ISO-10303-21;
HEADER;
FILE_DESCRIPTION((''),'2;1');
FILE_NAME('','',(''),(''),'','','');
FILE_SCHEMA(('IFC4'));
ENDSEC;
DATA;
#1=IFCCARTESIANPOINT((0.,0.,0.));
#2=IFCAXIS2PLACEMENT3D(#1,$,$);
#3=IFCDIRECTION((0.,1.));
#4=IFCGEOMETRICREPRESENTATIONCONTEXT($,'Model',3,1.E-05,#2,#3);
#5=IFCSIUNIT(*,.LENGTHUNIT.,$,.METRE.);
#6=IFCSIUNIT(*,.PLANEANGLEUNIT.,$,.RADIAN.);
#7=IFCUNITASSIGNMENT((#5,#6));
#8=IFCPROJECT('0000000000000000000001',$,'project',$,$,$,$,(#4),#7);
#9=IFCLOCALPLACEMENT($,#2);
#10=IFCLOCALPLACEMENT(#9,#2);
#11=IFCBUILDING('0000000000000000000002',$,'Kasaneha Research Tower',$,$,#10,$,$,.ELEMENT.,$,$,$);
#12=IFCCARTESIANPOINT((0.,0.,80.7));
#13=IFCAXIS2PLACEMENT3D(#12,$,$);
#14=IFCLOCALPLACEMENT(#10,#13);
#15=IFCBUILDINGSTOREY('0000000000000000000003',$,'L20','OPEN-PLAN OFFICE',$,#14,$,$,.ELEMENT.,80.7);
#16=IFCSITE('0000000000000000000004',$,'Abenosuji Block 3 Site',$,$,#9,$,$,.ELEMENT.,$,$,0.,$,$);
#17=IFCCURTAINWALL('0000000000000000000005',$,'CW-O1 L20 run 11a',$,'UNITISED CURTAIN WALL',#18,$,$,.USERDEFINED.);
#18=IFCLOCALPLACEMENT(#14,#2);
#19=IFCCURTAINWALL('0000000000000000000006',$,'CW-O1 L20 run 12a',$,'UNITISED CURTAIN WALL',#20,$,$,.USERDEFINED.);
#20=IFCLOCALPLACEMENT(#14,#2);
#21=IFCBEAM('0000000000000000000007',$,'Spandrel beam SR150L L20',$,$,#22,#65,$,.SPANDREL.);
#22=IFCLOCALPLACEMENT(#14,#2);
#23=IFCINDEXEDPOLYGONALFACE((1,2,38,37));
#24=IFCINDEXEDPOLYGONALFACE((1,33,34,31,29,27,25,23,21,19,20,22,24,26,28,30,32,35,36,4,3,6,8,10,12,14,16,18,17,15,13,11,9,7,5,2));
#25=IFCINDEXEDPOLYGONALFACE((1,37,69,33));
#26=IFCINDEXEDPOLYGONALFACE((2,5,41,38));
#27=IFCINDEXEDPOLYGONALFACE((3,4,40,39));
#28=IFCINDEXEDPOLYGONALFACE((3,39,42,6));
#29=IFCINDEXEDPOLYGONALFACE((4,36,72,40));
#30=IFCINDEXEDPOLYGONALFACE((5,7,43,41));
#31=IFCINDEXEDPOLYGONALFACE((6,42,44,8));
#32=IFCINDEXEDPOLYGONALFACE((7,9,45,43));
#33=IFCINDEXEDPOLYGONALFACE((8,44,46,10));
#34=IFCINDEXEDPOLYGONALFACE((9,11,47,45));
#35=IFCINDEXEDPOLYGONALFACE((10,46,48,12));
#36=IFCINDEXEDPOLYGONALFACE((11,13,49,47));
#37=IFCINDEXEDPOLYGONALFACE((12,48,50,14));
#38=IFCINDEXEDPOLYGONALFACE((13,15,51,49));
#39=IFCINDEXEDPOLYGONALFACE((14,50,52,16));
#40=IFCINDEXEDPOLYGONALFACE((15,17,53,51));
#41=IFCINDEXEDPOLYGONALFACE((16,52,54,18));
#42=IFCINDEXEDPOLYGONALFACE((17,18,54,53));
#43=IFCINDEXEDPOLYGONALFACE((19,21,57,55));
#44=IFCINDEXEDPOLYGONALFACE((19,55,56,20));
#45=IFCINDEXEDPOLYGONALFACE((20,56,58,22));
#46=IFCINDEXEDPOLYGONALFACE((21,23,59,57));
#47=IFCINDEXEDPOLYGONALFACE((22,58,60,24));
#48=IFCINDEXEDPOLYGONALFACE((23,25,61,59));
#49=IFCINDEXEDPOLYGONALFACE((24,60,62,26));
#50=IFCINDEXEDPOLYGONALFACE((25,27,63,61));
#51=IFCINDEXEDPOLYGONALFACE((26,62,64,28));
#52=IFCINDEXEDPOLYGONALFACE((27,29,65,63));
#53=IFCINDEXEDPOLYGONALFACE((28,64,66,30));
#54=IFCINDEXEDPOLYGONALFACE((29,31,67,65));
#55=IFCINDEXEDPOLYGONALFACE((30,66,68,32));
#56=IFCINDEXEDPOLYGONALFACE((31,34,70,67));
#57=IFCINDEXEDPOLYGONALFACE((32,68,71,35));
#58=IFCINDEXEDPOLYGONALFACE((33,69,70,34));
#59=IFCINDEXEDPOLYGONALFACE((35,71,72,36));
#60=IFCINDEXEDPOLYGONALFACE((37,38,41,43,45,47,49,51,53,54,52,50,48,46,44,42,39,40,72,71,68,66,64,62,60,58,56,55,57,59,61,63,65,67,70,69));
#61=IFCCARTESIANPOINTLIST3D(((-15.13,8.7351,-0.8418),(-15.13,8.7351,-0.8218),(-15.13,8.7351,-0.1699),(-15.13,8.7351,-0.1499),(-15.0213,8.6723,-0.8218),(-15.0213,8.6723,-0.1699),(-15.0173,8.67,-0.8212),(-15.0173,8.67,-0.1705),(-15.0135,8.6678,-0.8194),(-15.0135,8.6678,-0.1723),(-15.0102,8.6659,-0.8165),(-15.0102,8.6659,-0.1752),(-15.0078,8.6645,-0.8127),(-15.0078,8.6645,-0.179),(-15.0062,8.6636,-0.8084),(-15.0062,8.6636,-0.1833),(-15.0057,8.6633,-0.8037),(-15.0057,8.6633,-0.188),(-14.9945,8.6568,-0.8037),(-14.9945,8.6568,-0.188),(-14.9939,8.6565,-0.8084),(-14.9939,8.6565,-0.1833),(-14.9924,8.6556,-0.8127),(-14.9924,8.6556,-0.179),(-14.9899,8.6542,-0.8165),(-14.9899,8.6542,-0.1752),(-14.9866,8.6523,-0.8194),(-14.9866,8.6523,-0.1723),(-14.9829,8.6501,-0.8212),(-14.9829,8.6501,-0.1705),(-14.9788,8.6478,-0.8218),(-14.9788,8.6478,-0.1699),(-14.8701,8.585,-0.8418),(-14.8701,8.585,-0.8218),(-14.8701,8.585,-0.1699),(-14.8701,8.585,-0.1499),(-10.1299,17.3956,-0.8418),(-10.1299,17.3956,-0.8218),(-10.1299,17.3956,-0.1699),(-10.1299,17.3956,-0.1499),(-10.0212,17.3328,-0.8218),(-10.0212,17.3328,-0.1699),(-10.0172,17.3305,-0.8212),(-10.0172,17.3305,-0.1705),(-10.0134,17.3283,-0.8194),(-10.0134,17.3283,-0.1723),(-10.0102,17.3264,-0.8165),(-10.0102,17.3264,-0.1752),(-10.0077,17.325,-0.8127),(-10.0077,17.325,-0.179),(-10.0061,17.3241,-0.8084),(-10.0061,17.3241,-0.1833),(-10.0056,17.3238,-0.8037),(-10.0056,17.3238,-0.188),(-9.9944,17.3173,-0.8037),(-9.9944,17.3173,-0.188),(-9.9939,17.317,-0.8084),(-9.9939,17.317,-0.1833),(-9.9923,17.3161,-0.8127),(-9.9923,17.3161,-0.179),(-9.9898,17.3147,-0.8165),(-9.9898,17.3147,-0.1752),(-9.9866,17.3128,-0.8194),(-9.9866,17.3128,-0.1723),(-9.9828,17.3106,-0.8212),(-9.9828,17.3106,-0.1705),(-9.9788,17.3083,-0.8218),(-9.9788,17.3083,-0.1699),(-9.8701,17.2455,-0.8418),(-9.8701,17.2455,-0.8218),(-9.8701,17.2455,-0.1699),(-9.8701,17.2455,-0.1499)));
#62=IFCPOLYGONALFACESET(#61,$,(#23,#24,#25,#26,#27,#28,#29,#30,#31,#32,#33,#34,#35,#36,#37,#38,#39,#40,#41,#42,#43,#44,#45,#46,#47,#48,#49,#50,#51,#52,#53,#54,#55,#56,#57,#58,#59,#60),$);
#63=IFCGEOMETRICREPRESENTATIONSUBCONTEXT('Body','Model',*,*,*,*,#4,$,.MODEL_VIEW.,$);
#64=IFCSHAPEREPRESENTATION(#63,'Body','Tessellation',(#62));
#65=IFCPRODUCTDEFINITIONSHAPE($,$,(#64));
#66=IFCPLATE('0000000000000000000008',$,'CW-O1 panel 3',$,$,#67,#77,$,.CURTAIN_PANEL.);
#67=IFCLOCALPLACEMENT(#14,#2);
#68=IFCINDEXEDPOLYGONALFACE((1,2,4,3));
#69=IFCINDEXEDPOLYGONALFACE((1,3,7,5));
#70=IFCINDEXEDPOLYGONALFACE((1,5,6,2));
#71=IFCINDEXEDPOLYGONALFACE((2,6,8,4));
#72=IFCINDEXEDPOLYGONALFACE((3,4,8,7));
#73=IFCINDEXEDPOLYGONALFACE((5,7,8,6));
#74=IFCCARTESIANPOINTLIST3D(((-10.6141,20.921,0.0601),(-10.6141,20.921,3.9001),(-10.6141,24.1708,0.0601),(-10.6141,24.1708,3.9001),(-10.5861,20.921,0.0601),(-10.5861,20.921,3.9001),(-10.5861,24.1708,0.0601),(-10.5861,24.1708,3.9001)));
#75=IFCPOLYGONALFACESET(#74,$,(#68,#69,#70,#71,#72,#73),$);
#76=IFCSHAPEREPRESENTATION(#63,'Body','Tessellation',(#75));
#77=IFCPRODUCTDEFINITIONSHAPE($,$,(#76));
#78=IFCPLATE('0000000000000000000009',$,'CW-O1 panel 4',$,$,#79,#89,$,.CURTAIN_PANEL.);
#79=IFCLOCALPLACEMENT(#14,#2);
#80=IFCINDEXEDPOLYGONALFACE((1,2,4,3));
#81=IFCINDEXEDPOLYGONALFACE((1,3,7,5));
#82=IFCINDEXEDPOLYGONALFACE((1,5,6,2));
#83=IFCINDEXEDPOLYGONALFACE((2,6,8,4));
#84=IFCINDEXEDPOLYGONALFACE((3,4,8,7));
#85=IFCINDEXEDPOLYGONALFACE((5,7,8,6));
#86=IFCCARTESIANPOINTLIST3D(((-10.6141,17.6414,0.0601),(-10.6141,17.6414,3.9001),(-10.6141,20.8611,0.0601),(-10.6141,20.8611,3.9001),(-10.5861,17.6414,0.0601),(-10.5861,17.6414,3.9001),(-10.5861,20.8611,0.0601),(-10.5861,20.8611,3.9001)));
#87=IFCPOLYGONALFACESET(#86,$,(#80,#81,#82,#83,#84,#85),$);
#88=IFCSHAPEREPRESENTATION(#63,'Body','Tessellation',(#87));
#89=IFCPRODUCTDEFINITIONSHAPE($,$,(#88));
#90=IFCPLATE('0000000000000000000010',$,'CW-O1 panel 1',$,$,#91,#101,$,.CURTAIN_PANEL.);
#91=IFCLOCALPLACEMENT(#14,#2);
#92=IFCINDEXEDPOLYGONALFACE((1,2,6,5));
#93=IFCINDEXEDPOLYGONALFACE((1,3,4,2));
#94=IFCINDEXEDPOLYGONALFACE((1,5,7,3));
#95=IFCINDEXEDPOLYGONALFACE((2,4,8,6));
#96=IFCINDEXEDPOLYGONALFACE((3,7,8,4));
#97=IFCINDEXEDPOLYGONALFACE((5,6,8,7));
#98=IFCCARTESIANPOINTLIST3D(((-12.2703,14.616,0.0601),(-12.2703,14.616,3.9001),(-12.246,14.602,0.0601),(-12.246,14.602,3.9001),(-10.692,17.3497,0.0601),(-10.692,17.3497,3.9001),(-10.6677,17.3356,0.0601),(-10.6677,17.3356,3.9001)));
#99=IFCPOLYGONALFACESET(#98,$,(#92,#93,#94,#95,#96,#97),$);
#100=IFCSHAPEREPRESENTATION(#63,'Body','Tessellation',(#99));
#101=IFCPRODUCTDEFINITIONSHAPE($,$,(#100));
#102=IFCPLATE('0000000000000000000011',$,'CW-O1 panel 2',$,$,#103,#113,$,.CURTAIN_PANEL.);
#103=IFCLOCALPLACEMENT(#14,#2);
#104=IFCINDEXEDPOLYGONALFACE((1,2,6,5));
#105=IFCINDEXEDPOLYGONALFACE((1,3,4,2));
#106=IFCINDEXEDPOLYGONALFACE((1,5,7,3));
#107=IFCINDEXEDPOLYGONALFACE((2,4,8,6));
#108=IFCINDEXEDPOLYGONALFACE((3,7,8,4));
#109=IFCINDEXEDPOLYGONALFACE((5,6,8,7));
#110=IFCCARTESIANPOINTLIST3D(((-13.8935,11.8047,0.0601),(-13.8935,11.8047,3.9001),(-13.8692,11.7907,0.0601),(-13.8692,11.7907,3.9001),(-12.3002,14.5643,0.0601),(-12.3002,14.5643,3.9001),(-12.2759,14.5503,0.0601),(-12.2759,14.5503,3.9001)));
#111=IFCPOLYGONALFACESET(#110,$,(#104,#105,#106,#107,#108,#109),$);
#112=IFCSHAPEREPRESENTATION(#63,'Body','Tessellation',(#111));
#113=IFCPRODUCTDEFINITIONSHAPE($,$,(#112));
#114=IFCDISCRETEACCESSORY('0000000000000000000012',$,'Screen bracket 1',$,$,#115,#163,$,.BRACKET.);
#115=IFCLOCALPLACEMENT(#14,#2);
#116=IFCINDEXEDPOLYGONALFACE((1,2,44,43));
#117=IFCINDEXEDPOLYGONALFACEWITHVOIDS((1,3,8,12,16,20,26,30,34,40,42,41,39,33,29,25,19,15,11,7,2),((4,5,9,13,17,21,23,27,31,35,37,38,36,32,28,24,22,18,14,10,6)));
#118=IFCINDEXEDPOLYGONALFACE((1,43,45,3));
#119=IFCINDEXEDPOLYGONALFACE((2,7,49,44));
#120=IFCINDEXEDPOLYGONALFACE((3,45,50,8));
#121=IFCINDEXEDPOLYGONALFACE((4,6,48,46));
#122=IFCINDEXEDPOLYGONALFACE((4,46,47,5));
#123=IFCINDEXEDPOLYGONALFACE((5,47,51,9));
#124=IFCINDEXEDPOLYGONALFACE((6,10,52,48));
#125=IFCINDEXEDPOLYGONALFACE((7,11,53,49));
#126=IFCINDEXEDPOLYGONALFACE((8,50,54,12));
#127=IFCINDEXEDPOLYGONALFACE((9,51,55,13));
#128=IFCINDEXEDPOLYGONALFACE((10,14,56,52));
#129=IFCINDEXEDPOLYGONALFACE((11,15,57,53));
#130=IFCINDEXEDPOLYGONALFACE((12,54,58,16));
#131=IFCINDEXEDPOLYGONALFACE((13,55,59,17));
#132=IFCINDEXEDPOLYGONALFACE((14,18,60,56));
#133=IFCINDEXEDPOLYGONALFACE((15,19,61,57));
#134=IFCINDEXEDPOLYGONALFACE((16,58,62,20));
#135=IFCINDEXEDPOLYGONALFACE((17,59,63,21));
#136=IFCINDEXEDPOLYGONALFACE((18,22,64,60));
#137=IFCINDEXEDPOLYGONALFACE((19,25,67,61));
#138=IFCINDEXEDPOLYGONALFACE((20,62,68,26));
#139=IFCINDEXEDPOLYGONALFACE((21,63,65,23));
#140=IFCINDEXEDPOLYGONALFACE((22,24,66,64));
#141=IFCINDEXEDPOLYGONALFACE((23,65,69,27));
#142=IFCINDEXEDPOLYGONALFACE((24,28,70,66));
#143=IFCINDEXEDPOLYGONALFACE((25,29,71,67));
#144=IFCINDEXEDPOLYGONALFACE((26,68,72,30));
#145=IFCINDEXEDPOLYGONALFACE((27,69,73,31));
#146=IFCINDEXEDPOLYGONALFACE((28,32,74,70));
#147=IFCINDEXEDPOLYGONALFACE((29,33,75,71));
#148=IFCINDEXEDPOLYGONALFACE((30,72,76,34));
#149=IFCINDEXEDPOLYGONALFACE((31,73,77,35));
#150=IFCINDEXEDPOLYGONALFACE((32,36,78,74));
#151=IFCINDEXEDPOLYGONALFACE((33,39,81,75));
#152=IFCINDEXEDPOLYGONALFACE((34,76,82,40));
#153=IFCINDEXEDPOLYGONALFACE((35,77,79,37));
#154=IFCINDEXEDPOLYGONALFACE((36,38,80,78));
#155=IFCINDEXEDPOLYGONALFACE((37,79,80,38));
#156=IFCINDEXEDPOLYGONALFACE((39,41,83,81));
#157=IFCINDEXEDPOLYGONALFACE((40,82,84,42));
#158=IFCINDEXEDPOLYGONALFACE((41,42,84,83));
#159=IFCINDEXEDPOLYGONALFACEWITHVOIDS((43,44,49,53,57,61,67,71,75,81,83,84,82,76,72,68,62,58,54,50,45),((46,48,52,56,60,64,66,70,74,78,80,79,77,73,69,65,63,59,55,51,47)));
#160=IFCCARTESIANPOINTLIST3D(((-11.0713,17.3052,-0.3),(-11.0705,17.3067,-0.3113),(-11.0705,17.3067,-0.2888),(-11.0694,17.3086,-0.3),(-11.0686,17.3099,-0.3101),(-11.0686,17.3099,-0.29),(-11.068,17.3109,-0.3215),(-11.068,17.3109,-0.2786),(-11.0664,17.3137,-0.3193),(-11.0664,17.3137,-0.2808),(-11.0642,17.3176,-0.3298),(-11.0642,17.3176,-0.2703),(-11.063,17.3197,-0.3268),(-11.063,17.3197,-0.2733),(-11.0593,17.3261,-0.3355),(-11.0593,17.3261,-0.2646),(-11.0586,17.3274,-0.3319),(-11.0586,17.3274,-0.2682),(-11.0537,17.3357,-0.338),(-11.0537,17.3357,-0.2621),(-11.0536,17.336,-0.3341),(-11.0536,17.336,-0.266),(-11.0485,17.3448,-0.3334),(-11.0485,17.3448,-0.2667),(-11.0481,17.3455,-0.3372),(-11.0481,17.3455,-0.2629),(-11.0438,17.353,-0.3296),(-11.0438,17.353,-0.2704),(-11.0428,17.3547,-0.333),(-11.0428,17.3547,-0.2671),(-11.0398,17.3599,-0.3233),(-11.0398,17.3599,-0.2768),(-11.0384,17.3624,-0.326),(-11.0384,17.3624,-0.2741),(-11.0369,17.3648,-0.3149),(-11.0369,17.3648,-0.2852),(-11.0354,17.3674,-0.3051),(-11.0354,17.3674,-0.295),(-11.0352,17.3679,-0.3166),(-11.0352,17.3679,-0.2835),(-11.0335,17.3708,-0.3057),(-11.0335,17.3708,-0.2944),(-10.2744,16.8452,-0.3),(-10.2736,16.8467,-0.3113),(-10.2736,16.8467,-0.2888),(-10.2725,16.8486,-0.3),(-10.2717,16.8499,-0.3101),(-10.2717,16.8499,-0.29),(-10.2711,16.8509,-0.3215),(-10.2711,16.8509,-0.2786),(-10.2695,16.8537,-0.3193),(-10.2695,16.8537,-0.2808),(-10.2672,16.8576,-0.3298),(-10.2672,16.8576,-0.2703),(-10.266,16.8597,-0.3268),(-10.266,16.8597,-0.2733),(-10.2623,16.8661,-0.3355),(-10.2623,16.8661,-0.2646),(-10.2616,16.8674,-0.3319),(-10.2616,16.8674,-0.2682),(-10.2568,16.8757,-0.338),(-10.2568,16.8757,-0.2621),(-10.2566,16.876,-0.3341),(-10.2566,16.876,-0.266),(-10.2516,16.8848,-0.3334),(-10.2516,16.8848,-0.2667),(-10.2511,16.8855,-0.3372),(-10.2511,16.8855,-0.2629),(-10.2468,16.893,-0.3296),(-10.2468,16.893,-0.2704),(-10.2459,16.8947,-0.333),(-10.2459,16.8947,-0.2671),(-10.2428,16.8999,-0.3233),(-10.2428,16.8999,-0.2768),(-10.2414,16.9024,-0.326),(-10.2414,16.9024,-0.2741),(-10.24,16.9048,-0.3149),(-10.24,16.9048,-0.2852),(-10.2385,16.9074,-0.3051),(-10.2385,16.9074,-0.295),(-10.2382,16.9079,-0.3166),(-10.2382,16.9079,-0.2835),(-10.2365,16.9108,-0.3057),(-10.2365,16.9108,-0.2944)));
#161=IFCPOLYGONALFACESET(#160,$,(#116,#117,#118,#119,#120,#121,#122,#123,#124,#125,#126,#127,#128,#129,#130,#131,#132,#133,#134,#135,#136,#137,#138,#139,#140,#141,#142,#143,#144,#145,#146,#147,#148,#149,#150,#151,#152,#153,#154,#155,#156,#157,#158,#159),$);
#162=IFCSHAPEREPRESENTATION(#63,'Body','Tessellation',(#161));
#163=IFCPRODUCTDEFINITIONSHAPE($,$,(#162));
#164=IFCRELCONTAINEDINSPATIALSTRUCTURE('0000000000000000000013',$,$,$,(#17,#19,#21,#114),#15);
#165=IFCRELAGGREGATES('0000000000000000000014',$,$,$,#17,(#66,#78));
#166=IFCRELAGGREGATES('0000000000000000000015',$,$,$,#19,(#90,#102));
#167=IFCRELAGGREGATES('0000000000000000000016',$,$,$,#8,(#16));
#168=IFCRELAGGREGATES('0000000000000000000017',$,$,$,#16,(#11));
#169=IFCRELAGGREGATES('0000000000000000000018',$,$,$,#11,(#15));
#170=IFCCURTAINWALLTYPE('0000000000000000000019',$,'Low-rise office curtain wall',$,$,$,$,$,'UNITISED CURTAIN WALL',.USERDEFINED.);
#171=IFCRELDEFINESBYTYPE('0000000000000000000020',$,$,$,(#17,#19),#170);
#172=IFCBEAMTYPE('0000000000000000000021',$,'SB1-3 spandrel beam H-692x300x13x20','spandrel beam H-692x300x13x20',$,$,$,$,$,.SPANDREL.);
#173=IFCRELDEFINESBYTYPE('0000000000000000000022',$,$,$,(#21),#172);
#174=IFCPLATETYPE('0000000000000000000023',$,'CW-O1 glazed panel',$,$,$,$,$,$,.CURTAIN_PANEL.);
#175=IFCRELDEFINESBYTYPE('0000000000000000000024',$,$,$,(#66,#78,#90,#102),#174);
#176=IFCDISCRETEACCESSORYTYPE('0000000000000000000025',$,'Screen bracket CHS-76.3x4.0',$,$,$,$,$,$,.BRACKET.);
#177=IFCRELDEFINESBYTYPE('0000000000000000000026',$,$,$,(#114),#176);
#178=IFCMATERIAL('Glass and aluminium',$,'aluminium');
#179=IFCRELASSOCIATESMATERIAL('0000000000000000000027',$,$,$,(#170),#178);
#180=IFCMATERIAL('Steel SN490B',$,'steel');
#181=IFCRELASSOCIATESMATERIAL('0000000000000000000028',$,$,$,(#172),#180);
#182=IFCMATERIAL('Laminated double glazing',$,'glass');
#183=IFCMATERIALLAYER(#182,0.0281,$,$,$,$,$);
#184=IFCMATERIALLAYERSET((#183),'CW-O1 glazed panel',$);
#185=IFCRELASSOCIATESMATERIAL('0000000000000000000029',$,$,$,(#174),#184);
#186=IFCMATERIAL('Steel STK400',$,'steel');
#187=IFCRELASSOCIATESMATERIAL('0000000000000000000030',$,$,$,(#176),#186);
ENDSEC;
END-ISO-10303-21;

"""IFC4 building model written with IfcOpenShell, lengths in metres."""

from ifc_helpers import new_model, si_unit, direction, frame, origin, origin_2d, place, context, subcontext, project, spatial, rectangle, hollow_circle, i_section, extrude, material, layer, layer_set, material_profile, profile_set, type_object, element, aggregate, save


model = new_model("IFC4")

# Units and contexts
model_context = context("Model", 3, precision=1e-05, world=origin(), true_north=direction((0.0, 1.0)))
body_context = subcontext(model_context, "Body", "Model", "MODEL_VIEW")
ifc_project = project(units=[si_unit("LENGTHUNIT", "METRE"), si_unit("PLANEANGLEUNIT", "RADIAN")], contexts=[model_context])

# Site, building, storey
site_placement = place(None, origin())
site = spatial("IfcSite", under=ifc_project, at=site_placement, Name="Abenosuji Block 3 Site", CompositionType="ELEMENT", RefElevation=0.0)
building_placement = place(site_placement, origin())
building = spatial("IfcBuilding", under=site, at=building_placement, Name="Kasaneha Research Tower", CompositionType="ELEMENT")
storey_placement = place(building_placement, frame((0.0, 0.0, 80.7)))
storey = spatial("IfcBuildingStorey", under=building, at=storey_placement, Name="L20", Description="OPEN-PLAN OFFICE", CompositionType="ELEMENT", Elevation=80.7)

# Curtain walls
ifc_material_1 = material(Name="Glass and aluminium", Category="aluminium")
curtain_wall_type = type_object("IfcCurtainWallType", Name="Low-rise office curtain wall", ElementType="UNITISED CURTAIN WALL", PredefinedType="USERDEFINED", material=ifc_material_1)
curtain_wall_1_placement = place(storey_placement, origin())
curtain_wall_1 = element("IfcCurtainWall", 1, at=curtain_wall_1_placement, inside=storey, type_object=curtain_wall_type, Name="CW-O1 L20 run 11a", ObjectType="UNITISED CURTAIN WALL", PredefinedType="USERDEFINED")
curtain_wall_2_placement = place(storey_placement, origin())
curtain_wall_2 = element("IfcCurtainWall", 2, at=curtain_wall_2_placement, inside=storey, type_object=curtain_wall_type, Name="CW-O1 L20 run 12a", ObjectType="UNITISED CURTAIN WALL", PredefinedType="USERDEFINED")

# Beam
ifc_material_2 = material(Name="Steel SN490B", Category="steel")
ifc_material_profile_1 = material_profile(ifc_material_2, i_section(OverallWidth=0.3, OverallDepth=0.6919, WebThickness=0.0129, FlangeThickness=0.02, FilletRadius=0.0181, at=origin_2d()), Name="H-692x300x13x20")
ifc_profile_set_1 = profile_set([ifc_material_profile_1], Name="Steel SN490B")
beam_type_1 = type_object("IfcBeamType", Name="SB1-3 spandrel beam H-692x300x13x20", Description="spandrel beam H-692x300x13x20", PredefinedType="SPANDREL", material=ifc_profile_set_1)
beam_1_placement = place(storey_placement, frame((-10.0, 17.3206, -0.4958), z_axis=(-0.499994, -0.866029, 0.0), x_axis=(0.866029, -0.499994, 0.0)))
element("IfcBeam", 3, at=beam_1_placement, inside=storey, type_object=beam_type_1, Name="Spandrel beam SR150L L20", PredefinedType="SPANDREL", context=body_context, shape_type="SweptSolid", body=[
    extrude(i_section(OverallWidth=0.3, OverallDepth=0.6919, WebThickness=0.0129, FlangeThickness=0.02, FilletRadius=0.0181, at=origin_2d()), origin(), (0.0, 0.0, 1.0), 10.0002),
])

# Plates
ifc_material_3 = material(Name="Laminated double glazing", Category="glass")
ifc_layer = layer(ifc_material_3, 0.0281)
ifc_layer_set = layer_set([ifc_layer], Name="CW-O1 glazed panel")
plate_type = type_object("IfcPlateType", Name="CW-O1 glazed panel", PredefinedType="CURTAIN_PANEL", material=ifc_layer_set)
plate_1_placement = place(storey_placement, frame((-10.6001, 22.5459, 0.0601), z_axis=(0.0, 0.0, 1.0), x_axis=(0.0, -1.0, 0.0)))
plate_1 = element("IfcPlate", 4, at=plate_1_placement, type_object=plate_type, Name="CW-O1 panel 3", PredefinedType="CURTAIN_PANEL", context=body_context, shape_type="SweptSolid", body=[
    extrude(rectangle(XDim=3.2498, YDim=0.0281, at=origin_2d()), origin(), (0.0, 0.0, 1.0), 3.8401),
])
plate_2_placement = place(storey_placement, frame((-10.6001, 19.2512, 0.0601), z_axis=(0.0, 0.0, 1.0), x_axis=(0.0, -1.0, 0.0)))
plate_2 = element("IfcPlate", 5, at=plate_2_placement, type_object=plate_type, Name="CW-O1 panel 4", PredefinedType="CURTAIN_PANEL", context=body_context, shape_type="SweptSolid", body=[
    extrude(rectangle(XDim=3.2197, YDim=0.0281, at=origin_2d()), origin(), (0.0, 0.0, 1.0), 3.8401),
])
aggregate(curtain_wall_1, [plate_1, plate_2])
plate_3_placement = place(storey_placement, frame((-11.469, 15.9758, 0.0601), z_axis=(0.0, 0.0, 1.0), x_axis=(-0.5, -0.866025, 0.0)))
plate_3 = element("IfcPlate", 6, at=plate_3_placement, type_object=plate_type, Name="CW-O1 panel 1", PredefinedType="CURTAIN_PANEL", context=body_context, shape_type="SweptSolid", body=[
    extrude(rectangle(XDim=3.1565, YDim=0.0281, at=origin_2d()), origin(), (0.0, 0.0, 1.0), 3.8401),
])
plate_4_placement = place(storey_placement, frame((-13.0847, 13.1775, 0.0601), z_axis=(0.0, 0.0, 1.0), x_axis=(-0.5, -0.866025, 0.0)))
plate_4 = element("IfcPlate", 7, at=plate_4_placement, type_object=plate_type, Name="CW-O1 panel 2", PredefinedType="CURTAIN_PANEL", context=body_context, shape_type="SweptSolid", body=[
    extrude(rectangle(XDim=3.1865, YDim=0.0281, at=origin_2d()), origin(), (0.0, 0.0, 1.0), 3.8401),
])
aggregate(curtain_wall_2, [plate_3, plate_4])

# Discrete accessory
ifc_material_4 = material(Name="Steel STK400", Category="steel")
ifc_material_profile_2 = material_profile(ifc_material_4, hollow_circle(Radius=0.0381, WallThickness=0.0039, at=origin_2d()), Name="CHS-76.3x4.0")
ifc_profile_set_2 = profile_set([ifc_material_profile_2], Name="Steel STK400")
discrete_accessory_type = type_object("IfcDiscreteAccessoryType", Name="Screen bracket CHS-76.3x4.0", PredefinedType="BRACKET", material=ifc_profile_set_2)
discrete_accessory_1_placement = place(storey_placement, frame((-10.2554, 16.8782, -0.3), z_axis=(-0.86608, 0.499906, 0.0), x_axis=(-0.499906, -0.86608, 0.0)))
element("IfcDiscreteAccessory", 8, at=discrete_accessory_1_placement, inside=storey, type_object=discrete_accessory_type, Name="Screen bracket 1", PredefinedType="BRACKET", context=body_context, shape_type="SweptSolid", body=[
    extrude(hollow_circle(Radius=0.0381, WallThickness=0.0039, at=origin_2d()), origin(), (0.0, 0.0, 1.0), 0.9202),
])

save(model, "model.ifc")
